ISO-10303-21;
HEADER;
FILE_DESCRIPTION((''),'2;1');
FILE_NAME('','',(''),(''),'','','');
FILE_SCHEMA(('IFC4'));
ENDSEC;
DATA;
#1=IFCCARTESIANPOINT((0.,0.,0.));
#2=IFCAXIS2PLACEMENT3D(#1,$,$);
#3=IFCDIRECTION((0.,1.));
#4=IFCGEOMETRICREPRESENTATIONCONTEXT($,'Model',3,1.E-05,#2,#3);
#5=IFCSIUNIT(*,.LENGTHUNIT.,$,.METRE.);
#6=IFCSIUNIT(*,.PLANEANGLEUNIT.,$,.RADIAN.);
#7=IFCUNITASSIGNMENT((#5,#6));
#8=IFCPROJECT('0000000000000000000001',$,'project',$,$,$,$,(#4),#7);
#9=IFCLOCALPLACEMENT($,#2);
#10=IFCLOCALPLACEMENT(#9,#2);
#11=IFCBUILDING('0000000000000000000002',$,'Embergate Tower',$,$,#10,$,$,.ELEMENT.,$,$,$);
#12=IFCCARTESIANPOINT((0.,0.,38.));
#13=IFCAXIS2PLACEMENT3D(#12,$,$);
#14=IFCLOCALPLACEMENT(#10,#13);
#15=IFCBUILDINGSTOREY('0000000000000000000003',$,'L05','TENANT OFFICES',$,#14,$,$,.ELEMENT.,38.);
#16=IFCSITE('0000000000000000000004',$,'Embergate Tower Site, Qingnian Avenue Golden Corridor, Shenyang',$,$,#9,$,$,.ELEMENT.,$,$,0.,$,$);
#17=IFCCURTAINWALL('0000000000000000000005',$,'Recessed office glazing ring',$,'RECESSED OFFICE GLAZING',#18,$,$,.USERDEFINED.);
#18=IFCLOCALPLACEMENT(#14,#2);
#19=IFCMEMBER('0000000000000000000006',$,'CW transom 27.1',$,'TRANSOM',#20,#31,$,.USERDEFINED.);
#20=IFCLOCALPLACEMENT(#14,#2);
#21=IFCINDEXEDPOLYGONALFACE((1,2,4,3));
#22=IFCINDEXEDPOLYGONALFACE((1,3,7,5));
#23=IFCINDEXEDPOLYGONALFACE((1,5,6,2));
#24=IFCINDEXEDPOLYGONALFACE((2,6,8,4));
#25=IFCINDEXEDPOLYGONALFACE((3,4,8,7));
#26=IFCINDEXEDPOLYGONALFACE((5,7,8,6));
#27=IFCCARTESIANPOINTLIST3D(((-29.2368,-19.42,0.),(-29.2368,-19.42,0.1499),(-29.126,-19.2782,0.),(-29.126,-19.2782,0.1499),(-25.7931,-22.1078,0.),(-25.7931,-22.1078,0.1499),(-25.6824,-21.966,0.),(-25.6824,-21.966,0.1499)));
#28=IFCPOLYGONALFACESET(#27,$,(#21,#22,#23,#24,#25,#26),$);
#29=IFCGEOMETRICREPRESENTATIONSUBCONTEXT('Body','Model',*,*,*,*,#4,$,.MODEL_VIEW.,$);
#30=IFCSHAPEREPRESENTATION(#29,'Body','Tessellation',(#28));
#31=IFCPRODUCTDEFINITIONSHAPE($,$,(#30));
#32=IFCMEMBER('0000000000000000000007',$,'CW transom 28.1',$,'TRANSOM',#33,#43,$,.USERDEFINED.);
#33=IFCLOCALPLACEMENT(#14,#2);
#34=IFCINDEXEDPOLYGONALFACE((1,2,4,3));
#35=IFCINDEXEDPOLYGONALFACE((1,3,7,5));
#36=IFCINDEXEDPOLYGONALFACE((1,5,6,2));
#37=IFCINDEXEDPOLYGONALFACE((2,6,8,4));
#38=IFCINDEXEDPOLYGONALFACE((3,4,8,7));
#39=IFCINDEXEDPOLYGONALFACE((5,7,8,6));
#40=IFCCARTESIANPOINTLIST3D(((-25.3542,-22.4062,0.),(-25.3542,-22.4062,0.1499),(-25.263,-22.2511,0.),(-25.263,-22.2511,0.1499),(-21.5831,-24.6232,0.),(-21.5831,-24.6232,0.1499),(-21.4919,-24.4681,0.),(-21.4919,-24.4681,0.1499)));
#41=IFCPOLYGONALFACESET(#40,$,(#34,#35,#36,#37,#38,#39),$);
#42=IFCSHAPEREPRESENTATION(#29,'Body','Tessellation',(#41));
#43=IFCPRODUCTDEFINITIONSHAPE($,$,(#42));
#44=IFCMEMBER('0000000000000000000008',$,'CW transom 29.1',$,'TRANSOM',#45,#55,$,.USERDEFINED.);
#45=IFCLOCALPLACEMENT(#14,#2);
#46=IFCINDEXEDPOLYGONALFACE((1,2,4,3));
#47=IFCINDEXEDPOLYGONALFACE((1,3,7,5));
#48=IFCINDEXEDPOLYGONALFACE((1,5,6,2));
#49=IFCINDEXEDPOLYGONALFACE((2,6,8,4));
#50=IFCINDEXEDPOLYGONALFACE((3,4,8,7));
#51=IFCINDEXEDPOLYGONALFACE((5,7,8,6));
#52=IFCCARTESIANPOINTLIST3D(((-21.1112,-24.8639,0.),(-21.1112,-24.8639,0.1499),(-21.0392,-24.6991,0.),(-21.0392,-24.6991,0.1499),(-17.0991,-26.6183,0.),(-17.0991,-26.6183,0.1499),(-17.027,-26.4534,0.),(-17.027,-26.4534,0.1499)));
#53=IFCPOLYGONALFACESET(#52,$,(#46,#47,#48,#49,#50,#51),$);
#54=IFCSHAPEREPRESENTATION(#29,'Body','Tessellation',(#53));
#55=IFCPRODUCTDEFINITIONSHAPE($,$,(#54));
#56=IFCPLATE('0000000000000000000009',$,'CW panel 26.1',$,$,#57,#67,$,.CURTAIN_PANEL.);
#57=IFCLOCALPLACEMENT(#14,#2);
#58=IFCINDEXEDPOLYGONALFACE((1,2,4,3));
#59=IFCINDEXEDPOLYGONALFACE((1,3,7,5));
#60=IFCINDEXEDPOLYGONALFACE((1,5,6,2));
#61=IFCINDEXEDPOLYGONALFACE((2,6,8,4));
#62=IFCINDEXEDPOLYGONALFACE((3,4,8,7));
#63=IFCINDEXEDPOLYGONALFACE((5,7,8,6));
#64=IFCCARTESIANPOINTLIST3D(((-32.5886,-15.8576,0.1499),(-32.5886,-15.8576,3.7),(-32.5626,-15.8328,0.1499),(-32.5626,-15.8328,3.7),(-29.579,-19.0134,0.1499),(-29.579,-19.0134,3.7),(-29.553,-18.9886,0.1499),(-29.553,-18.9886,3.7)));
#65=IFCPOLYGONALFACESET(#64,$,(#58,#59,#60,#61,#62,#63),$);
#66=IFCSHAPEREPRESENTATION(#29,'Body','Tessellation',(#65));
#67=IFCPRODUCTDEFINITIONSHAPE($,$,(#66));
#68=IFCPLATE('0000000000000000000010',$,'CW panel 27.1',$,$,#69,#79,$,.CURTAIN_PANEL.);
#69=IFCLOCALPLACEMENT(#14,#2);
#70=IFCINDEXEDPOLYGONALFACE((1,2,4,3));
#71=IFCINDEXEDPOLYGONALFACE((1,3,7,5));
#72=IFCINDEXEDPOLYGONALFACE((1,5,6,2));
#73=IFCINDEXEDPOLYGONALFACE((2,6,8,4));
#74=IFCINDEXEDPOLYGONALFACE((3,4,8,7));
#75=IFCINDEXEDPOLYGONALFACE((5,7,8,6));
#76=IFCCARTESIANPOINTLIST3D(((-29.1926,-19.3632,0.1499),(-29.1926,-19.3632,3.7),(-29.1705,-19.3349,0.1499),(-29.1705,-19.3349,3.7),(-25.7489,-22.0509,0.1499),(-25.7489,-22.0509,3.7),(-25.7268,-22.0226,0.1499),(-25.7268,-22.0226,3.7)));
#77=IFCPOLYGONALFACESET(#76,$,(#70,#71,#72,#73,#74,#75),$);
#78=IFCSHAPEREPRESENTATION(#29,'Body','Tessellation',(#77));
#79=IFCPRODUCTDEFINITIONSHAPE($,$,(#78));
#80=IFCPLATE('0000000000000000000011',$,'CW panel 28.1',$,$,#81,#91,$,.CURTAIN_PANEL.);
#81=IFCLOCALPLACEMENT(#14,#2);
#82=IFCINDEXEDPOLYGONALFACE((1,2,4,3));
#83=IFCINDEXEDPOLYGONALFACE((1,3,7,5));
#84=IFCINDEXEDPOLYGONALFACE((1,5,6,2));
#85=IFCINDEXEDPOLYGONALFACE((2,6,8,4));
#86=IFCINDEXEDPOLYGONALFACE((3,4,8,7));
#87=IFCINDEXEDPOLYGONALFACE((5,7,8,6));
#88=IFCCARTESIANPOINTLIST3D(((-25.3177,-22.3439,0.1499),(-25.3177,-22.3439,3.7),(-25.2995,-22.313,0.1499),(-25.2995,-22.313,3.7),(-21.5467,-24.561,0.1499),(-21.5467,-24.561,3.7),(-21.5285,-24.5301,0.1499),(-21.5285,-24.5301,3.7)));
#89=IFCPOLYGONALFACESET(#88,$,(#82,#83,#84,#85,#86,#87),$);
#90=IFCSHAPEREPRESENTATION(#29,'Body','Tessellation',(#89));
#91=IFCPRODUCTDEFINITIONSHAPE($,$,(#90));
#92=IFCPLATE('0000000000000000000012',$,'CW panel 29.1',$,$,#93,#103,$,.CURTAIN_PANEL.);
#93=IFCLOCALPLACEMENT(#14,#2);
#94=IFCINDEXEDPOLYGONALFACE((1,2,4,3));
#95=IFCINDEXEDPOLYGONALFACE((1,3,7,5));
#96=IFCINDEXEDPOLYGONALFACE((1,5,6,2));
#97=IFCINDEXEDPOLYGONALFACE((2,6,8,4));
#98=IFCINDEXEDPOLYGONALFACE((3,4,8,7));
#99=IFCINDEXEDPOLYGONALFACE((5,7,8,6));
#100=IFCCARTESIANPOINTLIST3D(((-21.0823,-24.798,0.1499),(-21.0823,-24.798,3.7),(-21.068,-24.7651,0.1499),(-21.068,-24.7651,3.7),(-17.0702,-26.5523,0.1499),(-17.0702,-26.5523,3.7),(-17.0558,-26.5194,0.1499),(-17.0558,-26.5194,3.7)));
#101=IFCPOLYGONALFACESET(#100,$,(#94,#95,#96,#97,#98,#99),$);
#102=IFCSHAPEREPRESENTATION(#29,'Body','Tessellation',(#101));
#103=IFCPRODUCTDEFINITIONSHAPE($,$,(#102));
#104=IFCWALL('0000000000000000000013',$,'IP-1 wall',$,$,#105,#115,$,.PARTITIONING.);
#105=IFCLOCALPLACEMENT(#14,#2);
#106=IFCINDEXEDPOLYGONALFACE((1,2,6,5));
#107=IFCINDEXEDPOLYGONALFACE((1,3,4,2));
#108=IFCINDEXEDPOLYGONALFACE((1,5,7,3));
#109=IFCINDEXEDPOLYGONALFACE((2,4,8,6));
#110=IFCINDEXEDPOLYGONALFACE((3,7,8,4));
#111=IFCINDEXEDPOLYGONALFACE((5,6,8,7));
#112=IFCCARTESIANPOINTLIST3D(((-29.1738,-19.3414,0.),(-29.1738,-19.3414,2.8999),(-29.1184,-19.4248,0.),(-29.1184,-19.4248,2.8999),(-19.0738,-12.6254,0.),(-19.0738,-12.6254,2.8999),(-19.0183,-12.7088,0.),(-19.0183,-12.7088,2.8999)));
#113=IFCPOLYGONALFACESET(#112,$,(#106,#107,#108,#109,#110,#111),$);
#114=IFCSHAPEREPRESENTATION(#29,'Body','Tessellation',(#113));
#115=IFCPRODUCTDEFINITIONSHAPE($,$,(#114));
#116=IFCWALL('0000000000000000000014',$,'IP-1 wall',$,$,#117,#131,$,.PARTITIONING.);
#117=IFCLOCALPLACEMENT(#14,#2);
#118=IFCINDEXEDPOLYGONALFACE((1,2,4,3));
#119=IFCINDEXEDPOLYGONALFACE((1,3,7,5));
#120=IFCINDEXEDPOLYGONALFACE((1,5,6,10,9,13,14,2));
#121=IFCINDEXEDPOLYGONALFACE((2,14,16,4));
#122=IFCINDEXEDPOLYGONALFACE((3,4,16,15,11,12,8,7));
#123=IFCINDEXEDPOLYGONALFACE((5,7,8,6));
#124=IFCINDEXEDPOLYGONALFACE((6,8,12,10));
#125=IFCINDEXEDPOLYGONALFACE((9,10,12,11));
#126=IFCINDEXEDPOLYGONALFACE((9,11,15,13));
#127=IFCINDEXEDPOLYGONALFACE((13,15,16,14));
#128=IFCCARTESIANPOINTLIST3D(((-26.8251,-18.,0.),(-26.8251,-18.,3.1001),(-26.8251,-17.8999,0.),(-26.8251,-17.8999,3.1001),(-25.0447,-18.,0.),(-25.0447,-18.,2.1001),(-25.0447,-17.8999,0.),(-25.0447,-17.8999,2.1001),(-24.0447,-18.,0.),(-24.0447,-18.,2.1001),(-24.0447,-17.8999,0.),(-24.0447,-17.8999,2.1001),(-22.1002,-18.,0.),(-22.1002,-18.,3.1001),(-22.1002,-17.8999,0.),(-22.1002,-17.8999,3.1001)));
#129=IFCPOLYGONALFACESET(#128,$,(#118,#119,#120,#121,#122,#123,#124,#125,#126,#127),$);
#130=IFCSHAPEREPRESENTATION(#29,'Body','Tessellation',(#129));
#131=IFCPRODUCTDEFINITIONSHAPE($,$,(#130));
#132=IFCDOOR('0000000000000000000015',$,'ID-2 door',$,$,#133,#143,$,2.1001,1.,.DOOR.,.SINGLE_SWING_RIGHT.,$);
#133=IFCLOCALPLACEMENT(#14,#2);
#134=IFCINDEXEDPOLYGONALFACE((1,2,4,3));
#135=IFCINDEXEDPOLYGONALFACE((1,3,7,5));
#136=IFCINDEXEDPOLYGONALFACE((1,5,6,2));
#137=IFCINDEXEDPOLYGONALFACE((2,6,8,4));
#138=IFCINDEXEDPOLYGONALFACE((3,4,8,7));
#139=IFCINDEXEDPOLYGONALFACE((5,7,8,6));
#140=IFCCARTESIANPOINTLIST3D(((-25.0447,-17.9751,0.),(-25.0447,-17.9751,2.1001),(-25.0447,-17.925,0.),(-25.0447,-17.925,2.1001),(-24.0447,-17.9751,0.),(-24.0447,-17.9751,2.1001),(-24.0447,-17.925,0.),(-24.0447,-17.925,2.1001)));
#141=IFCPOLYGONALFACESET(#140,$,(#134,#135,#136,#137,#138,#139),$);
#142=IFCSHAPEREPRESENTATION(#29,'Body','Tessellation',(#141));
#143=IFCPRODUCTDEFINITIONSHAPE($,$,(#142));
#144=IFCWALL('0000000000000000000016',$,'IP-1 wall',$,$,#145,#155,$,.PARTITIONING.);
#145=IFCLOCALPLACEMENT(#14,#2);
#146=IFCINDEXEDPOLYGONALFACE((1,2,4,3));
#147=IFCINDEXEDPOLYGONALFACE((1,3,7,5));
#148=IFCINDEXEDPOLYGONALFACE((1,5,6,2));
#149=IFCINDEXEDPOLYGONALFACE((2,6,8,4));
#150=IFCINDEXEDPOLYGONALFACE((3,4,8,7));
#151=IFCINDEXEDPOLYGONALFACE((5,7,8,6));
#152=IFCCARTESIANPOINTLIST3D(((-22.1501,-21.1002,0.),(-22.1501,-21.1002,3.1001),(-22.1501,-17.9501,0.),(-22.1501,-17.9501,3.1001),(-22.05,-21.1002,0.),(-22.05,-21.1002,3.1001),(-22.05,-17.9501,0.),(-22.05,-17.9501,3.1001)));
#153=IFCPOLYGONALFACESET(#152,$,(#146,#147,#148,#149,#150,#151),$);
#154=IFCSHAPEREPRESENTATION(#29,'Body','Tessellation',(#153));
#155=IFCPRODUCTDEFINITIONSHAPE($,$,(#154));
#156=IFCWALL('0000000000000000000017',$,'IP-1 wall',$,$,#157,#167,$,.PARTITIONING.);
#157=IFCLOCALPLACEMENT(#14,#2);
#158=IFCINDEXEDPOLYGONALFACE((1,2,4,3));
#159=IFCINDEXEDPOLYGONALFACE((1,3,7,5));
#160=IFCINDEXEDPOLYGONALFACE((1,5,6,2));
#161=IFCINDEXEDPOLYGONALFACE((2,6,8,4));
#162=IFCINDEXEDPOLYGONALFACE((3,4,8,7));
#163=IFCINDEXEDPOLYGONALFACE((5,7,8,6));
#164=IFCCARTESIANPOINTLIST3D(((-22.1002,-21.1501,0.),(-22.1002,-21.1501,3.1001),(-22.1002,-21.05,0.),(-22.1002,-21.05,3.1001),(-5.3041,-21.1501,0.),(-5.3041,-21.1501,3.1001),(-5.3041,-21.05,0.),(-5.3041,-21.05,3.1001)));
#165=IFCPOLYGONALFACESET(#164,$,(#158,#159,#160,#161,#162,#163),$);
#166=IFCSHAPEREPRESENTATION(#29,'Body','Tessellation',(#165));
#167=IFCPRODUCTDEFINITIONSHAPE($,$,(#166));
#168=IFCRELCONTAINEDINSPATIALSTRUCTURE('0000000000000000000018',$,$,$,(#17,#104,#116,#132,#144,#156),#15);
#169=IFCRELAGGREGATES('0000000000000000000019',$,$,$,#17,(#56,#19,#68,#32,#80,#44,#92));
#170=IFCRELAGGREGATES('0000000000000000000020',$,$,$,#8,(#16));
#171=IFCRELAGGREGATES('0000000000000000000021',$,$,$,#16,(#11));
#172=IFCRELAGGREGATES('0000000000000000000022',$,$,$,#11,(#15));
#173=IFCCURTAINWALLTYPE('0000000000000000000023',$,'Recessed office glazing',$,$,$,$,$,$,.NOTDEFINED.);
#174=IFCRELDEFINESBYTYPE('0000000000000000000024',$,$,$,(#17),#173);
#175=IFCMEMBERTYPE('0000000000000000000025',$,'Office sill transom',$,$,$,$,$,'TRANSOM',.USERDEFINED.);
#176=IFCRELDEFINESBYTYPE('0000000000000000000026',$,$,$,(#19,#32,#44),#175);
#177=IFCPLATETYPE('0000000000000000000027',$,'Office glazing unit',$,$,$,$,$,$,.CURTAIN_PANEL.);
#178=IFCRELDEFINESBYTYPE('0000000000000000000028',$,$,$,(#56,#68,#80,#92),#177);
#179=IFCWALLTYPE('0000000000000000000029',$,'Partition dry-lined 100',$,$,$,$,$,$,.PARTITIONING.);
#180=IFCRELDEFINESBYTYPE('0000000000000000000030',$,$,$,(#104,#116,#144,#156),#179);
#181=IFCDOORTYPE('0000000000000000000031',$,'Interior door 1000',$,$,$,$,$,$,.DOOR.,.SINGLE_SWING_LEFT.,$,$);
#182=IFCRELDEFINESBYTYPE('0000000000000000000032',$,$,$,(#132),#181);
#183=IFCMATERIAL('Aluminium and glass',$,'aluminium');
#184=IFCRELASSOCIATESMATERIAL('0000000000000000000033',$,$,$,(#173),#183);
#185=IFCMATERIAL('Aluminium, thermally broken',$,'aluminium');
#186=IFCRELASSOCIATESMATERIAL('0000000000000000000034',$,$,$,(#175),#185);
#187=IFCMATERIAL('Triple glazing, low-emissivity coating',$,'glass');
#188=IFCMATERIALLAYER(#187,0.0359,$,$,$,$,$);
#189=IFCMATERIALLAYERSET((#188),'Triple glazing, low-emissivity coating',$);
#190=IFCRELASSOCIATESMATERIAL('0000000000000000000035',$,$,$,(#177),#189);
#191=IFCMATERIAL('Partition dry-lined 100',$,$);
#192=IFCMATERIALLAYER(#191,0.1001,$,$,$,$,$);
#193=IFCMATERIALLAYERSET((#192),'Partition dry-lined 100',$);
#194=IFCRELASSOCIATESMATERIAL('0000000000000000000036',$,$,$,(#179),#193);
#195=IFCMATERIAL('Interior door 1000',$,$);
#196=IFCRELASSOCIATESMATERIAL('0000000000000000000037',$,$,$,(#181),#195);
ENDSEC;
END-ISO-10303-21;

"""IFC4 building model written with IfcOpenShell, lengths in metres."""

from ifc_helpers import new_model, si_unit, direction, frame, frame_2d, origin, origin_2d, place, context, subcontext, project, spatial, rectangle, extrude, source, transform, mapped, material, layer, layer_set, material_profile, profile_set, type_object, element, fill, aggregate, save


model = new_model("IFC4")

# Units and contexts
model_context = context("Model", 3, precision=1e-05, world=origin(), true_north=direction((0.0, 1.0)))
body_context = subcontext(model_context, "Body", "Model", "MODEL_VIEW")
ifc_project = project(units=[si_unit("LENGTHUNIT", "METRE"), si_unit("PLANEANGLEUNIT", "RADIAN")], contexts=[model_context])

# Site, building, storey
site_placement = place(None, origin())
site = spatial("IfcSite", under=ifc_project, at=site_placement, Name="Embergate Tower Site, Qingnian Avenue Golden Corridor, Shenyang", CompositionType="ELEMENT", RefElevation=0.0)
building_placement = place(site_placement, origin())
building = spatial("IfcBuilding", under=site, at=building_placement, Name="Embergate Tower", CompositionType="ELEMENT")
storey_placement = place(building_placement, frame((0.0, 0.0, 38.0)))
storey = spatial("IfcBuildingStorey", under=building, at=storey_placement, Name="L05", Description="TENANT OFFICES", CompositionType="ELEMENT", Elevation=38.0)

# Curtain wall, members, plates
ifc_material_1 = material(Name="Aluminium and glass", Category="aluminium")
curtain_wall_type = type_object("IfcCurtainWallType", Name="Recessed office glazing", PredefinedType="NOTDEFINED", material=ifc_material_1)
curtain_wall_placement = place(storey_placement, origin())
curtain_wall = element("IfcCurtainWall", 1, at=curtain_wall_placement, inside=storey, type_object=curtain_wall_type, Name="Recessed office glazing ring", ObjectType="RECESSED OFFICE GLAZING", PredefinedType="USERDEFINED")
ifc_material_2 = material(Name="Aluminium, thermally broken", Category="aluminium")
ifc_material_profile_1 = material_profile(ifc_material_2, rectangle(XDim=0.1799, YDim=0.1499, at=origin_2d()), Name="AL 150x180")
ifc_profile_set_1 = profile_set([ifc_material_profile_1], Name="Aluminium, thermally broken")
member_type_1 = type_object("IfcMemberType", Name="Office sill transom", ElementType="TRANSOM", PredefinedType="USERDEFINED", material=ifc_profile_set_1)
shared_shape_1 = source(origin(), body_context, "Body", "SweptSolid", [
    extrude(rectangle(XDim=0.1799, YDim=0.1499, at=origin_2d()), origin(), (0.0, 0.0, 1.0), 4.3684),
])
member_1_placement = place(storey_placement, frame((-29.1814, -19.3491, 0.075), z_axis=(0.78831, -0.615278, 0.0), x_axis=(0.615278, 0.78831, 0.0)))
member_1 = element("IfcMember", 2, at=member_1_placement, type_object=member_type_1, Name="CW transom 27.1", ObjectType="TRANSOM", PredefinedType="USERDEFINED", context=body_context, shape_type="MappedRepresentation", body=[
    mapped(shared_shape_1, transform((0.0, 0.0, 0.0))),
])
shared_shape_2 = source(origin(), body_context, "Body", "SweptSolid", [
    extrude(rectangle(XDim=0.1799, YDim=0.1499, at=origin_2d()), origin(), (0.0, 0.0, 1.0), 4.3745),
])
member_2_placement = place(storey_placement, frame((-25.3086, -22.3286, 0.075), z_axis=(0.862053, -0.506818, 0.0), x_axis=(0.506818, 0.862053, 0.0)))
member_2 = element("IfcMember", 3, at=member_2_placement, type_object=member_type_1, Name="CW transom 28.1", ObjectType="TRANSOM", PredefinedType="USERDEFINED", context=body_context, shape_type="MappedRepresentation", body=[
    mapped(shared_shape_2, transform((0.0, 0.0, 0.0))),
])
shared_shape_3 = source(origin(), body_context, "Body", "SweptSolid", [
    extrude(rectangle(XDim=0.1799, YDim=0.1499, at=origin_2d()), origin(), (0.0, 0.0, 1.0), 4.3789),
])
member_3_placement = place(storey_placement, frame((-21.0752, -24.7815, 0.075), z_axis=(0.916237, -0.400637, 0.0), x_axis=(0.400637, 0.916237, 0.0)))
member_3 = element("IfcMember", 4, at=member_3_placement, type_object=member_type_1, Name="CW transom 29.1", ObjectType="TRANSOM", PredefinedType="USERDEFINED", context=body_context, shape_type="MappedRepresentation", body=[
    mapped(shared_shape_3, transform((0.0, 0.0, 0.0))),
])
ifc_material_3 = material(Name="Triple glazing, low-emissivity coating", Category="glass")
ifc_layer_1 = layer(ifc_material_3, 0.0359)
ifc_layer_set_1 = layer_set([ifc_layer_1], Name="Triple glazing, low-emissivity coating")
plate_type = type_object("IfcPlateType", Name="Office glazing unit", PredefinedType="CURTAIN_PANEL", material=ifc_layer_set_1)
shared_shape_4 = source(origin(), body_context, "Body", "SweptSolid", [
    extrude(rectangle(XDim=4.3608, YDim=0.0359, at=origin_2d()), origin(), (0.0, 0.0, 1.0), 3.55),
])
plate_1_placement = place(storey_placement, frame((-31.0708, -17.4231, 0.1499), z_axis=(0.0, 0.0, 1.0), x_axis=(0.690136, -0.723679, 0.0)))
plate_1 = element("IfcPlate", 5, at=plate_1_placement, type_object=plate_type, Name="CW panel 26.1", PredefinedType="CURTAIN_PANEL", context=body_context, shape_type="MappedRepresentation", body=[
    mapped(shared_shape_4, transform((0.0, 0.0, 0.0))),
])
shared_shape_5 = source(origin(), body_context, "Body", "SweptSolid", [
    extrude(rectangle(XDim=4.3684, YDim=0.0359, at=origin_2d()), origin(), (0.0, 0.0, 1.0), 3.55),
])
plate_2_placement = place(storey_placement, frame((-27.4597, -20.6929, 0.1499), z_axis=(0.0, 0.0, 1.0), x_axis=(0.788322, -0.615263, 0.0)))
plate_2 = element("IfcPlate", 6, at=plate_2_placement, type_object=plate_type, Name="CW panel 27.1", PredefinedType="CURTAIN_PANEL", context=body_context, shape_type="MappedRepresentation", body=[
    mapped(shared_shape_5, transform((0.0, 0.0, 0.0))),
])
shared_shape_6 = source(origin(), body_context, "Body", "SweptSolid", [
    extrude(rectangle(XDim=4.3745, YDim=0.0359, at=origin_2d()), origin(), (0.0, 0.0, 1.0), 3.55),
])
plate_3_placement = place(storey_placement, frame((-23.4231, -23.437, 0.1499), z_axis=(0.0, 0.0, 1.0), x_axis=(0.862054, -0.506816, 0.0)))
plate_3 = element("IfcPlate", 7, at=plate_3_placement, type_object=plate_type, Name="CW panel 28.1", PredefinedType="CURTAIN_PANEL", context=body_context, shape_type="MappedRepresentation", body=[
    mapped(shared_shape_6, transform((0.0, 0.0, 0.0))),
])
shared_shape_7 = source(origin(), body_context, "Body", "SweptSolid", [
    extrude(rectangle(XDim=4.3789, YDim=0.0359, at=origin_2d()), origin(), (0.0, 0.0, 1.0), 3.55),
])
plate_4_placement = place(storey_placement, frame((-19.0691, -25.6587, 0.1499), z_axis=(0.0, 0.0, 1.0), x_axis=(0.916237, -0.400637, 0.0)))
plate_4 = element("IfcPlate", 8, at=plate_4_placement, type_object=plate_type, Name="CW panel 29.1", PredefinedType="CURTAIN_PANEL", context=body_context, shape_type="MappedRepresentation", body=[
    mapped(shared_shape_7, transform((0.0, 0.0, 0.0))),
])
aggregate(curtain_wall, [plate_1, member_1, plate_2, member_2, plate_3, member_3, plate_4])

# Wall
ifc_material_4 = material(Name="Partition dry-lined 100")
ifc_layer_2 = layer(ifc_material_4, 0.1001)
ifc_layer_set_2 = layer_set([ifc_layer_2], Name="Partition dry-lined 100")
wall_type = type_object("IfcWallType", Name="Partition dry-lined 100", PredefinedType="PARTITIONING", material=ifc_layer_set_2)
shared_shape_8 = source(origin(), body_context, "Body", "SweptSolid", [
    extrude(rectangle(XDim=12.1292, YDim=0.1001, at=frame_2d((6.0645, 0.0))), origin(), (0.0, 0.0, 1.0), 2.8999),
])
wall_1_placement = place(storey_placement, frame((-29.146, -19.3831, 0.0), z_axis=(0.0, 0.0, 1.0), x_axis=(0.832709, 0.55371, 0.0)))
element("IfcWall", 9, at=wall_1_placement, inside=storey, type_object=wall_type, Name="IP-1 wall", PredefinedType="PARTITIONING", context=body_context, shape_type="MappedRepresentation", body=[
    mapped(shared_shape_8, transform((0.0, 0.0, 0.0))),
])

# Wall, opening, door
shared_shape_9 = source(origin(), body_context, "Body", "SweptSolid", [
    extrude(rectangle(XDim=4.7249, YDim=0.1001, at=frame_2d((2.3623, 0.0))), origin(), (0.0, 0.0, 1.0), 3.1001),
])
wall_2_placement = place(storey_placement, frame((-26.825, -17.95, 0.0), z_axis=(0.0, 0.0, 1.0), x_axis=(1.0, 0.0, 0.0)))
wall_2 = element("IfcWall", 10, at=wall_2_placement, inside=storey, type_object=wall_type, Name="IP-1 wall", PredefinedType="PARTITIONING", context=body_context, shape_type="MappedRepresentation", body=[
    mapped(shared_shape_9, transform((0.0, 0.0, 0.0))),
])
shared_shape_10 = source(origin(), body_context, "Body", "SweptSolid", [
    extrude(rectangle(XDim=1.0, YDim=2.1001, at=frame_2d((0.5, 1.05))), frame((0.0, 0.0601, 0.0), z_axis=(0.0, -1.0, 0.0), x_axis=(1.0, 0.0, 0.0)), (0.0, 0.0, 1.0), 0.1201),
])
opening_placement = place(wall_2_placement, frame((1.7803, 0.0, 0.0)))
opening = element("IfcOpeningElement", 11, at=opening_placement, cuts=wall_2, PredefinedType="OPENING", context=body_context, shape_type="MappedRepresentation", body=[
    mapped(shared_shape_10, transform((0.0, 0.0, 0.0))),
])
ifc_material_5 = material(Name="Interior door 1000")
door_type = type_object("IfcDoorType", Name="Interior door 1000", OperationType="SINGLE_SWING_LEFT", PredefinedType="DOOR", material=ifc_material_5)
shared_shape_11 = source(origin(), body_context, "Body", "SweptSolid", [
    extrude(rectangle(XDim=1.0, YDim=2.1001, at=frame_2d((0.5, 1.05))), frame((0.0, 0.0249, 0.0), z_axis=(0.0, -1.0, 0.0), x_axis=(1.0, 0.0, 0.0)), (0.0, 0.0, 1.0), 0.05),
])
door_placement = place(opening_placement, origin())
door = element("IfcDoor", 12, at=door_placement, inside=storey, type_object=door_type, Name="ID-2 door", OperationType="SINGLE_SWING_RIGHT", OverallHeight=2.1001, OverallWidth=1.0, PredefinedType="DOOR", context=body_context, shape_type="MappedRepresentation", body=[
    mapped(shared_shape_11, transform((0.0, 0.0, 0.0))),
])
fill(opening, door)

# Walls
shared_shape_12 = source(origin(), body_context, "Body", "SweptSolid", [
    extrude(rectangle(XDim=3.1501, YDim=0.1001, at=frame_2d((1.5752, 0.0))), origin(), (0.0, 0.0, 1.0), 3.1001),
])
wall_3_placement = place(storey_placement, frame((-22.1001, -17.95, 0.0), z_axis=(0.0, 0.0, 1.0), x_axis=(0.0, -1.0, 0.0)))
element("IfcWall", 13, at=wall_3_placement, inside=storey, type_object=wall_type, Name="IP-1 wall", PredefinedType="PARTITIONING", context=body_context, shape_type="MappedRepresentation", body=[
    mapped(shared_shape_12, transform((0.0, 0.0, 0.0))),
])
shared_shape_13 = source(origin(), body_context, "Body", "SweptSolid", [
    extrude(rectangle(XDim=16.7961, YDim=0.1001, at=frame_2d((8.3979, 0.0))), origin(), (0.0, 0.0, 1.0), 3.1001),
])
wall_4_placement = place(storey_placement, frame((-22.1001, -21.1001, 0.0), z_axis=(0.0, 0.0, 1.0), x_axis=(1.0, 0.0, 0.0)))
element("IfcWall", 14, at=wall_4_placement, inside=storey, type_object=wall_type, Name="IP-1 wall", PredefinedType="PARTITIONING", context=body_context, shape_type="MappedRepresentation", body=[
    mapped(shared_shape_13, transform((0.0, 0.0, 0.0))),
])

save(model, "model.ifc")
